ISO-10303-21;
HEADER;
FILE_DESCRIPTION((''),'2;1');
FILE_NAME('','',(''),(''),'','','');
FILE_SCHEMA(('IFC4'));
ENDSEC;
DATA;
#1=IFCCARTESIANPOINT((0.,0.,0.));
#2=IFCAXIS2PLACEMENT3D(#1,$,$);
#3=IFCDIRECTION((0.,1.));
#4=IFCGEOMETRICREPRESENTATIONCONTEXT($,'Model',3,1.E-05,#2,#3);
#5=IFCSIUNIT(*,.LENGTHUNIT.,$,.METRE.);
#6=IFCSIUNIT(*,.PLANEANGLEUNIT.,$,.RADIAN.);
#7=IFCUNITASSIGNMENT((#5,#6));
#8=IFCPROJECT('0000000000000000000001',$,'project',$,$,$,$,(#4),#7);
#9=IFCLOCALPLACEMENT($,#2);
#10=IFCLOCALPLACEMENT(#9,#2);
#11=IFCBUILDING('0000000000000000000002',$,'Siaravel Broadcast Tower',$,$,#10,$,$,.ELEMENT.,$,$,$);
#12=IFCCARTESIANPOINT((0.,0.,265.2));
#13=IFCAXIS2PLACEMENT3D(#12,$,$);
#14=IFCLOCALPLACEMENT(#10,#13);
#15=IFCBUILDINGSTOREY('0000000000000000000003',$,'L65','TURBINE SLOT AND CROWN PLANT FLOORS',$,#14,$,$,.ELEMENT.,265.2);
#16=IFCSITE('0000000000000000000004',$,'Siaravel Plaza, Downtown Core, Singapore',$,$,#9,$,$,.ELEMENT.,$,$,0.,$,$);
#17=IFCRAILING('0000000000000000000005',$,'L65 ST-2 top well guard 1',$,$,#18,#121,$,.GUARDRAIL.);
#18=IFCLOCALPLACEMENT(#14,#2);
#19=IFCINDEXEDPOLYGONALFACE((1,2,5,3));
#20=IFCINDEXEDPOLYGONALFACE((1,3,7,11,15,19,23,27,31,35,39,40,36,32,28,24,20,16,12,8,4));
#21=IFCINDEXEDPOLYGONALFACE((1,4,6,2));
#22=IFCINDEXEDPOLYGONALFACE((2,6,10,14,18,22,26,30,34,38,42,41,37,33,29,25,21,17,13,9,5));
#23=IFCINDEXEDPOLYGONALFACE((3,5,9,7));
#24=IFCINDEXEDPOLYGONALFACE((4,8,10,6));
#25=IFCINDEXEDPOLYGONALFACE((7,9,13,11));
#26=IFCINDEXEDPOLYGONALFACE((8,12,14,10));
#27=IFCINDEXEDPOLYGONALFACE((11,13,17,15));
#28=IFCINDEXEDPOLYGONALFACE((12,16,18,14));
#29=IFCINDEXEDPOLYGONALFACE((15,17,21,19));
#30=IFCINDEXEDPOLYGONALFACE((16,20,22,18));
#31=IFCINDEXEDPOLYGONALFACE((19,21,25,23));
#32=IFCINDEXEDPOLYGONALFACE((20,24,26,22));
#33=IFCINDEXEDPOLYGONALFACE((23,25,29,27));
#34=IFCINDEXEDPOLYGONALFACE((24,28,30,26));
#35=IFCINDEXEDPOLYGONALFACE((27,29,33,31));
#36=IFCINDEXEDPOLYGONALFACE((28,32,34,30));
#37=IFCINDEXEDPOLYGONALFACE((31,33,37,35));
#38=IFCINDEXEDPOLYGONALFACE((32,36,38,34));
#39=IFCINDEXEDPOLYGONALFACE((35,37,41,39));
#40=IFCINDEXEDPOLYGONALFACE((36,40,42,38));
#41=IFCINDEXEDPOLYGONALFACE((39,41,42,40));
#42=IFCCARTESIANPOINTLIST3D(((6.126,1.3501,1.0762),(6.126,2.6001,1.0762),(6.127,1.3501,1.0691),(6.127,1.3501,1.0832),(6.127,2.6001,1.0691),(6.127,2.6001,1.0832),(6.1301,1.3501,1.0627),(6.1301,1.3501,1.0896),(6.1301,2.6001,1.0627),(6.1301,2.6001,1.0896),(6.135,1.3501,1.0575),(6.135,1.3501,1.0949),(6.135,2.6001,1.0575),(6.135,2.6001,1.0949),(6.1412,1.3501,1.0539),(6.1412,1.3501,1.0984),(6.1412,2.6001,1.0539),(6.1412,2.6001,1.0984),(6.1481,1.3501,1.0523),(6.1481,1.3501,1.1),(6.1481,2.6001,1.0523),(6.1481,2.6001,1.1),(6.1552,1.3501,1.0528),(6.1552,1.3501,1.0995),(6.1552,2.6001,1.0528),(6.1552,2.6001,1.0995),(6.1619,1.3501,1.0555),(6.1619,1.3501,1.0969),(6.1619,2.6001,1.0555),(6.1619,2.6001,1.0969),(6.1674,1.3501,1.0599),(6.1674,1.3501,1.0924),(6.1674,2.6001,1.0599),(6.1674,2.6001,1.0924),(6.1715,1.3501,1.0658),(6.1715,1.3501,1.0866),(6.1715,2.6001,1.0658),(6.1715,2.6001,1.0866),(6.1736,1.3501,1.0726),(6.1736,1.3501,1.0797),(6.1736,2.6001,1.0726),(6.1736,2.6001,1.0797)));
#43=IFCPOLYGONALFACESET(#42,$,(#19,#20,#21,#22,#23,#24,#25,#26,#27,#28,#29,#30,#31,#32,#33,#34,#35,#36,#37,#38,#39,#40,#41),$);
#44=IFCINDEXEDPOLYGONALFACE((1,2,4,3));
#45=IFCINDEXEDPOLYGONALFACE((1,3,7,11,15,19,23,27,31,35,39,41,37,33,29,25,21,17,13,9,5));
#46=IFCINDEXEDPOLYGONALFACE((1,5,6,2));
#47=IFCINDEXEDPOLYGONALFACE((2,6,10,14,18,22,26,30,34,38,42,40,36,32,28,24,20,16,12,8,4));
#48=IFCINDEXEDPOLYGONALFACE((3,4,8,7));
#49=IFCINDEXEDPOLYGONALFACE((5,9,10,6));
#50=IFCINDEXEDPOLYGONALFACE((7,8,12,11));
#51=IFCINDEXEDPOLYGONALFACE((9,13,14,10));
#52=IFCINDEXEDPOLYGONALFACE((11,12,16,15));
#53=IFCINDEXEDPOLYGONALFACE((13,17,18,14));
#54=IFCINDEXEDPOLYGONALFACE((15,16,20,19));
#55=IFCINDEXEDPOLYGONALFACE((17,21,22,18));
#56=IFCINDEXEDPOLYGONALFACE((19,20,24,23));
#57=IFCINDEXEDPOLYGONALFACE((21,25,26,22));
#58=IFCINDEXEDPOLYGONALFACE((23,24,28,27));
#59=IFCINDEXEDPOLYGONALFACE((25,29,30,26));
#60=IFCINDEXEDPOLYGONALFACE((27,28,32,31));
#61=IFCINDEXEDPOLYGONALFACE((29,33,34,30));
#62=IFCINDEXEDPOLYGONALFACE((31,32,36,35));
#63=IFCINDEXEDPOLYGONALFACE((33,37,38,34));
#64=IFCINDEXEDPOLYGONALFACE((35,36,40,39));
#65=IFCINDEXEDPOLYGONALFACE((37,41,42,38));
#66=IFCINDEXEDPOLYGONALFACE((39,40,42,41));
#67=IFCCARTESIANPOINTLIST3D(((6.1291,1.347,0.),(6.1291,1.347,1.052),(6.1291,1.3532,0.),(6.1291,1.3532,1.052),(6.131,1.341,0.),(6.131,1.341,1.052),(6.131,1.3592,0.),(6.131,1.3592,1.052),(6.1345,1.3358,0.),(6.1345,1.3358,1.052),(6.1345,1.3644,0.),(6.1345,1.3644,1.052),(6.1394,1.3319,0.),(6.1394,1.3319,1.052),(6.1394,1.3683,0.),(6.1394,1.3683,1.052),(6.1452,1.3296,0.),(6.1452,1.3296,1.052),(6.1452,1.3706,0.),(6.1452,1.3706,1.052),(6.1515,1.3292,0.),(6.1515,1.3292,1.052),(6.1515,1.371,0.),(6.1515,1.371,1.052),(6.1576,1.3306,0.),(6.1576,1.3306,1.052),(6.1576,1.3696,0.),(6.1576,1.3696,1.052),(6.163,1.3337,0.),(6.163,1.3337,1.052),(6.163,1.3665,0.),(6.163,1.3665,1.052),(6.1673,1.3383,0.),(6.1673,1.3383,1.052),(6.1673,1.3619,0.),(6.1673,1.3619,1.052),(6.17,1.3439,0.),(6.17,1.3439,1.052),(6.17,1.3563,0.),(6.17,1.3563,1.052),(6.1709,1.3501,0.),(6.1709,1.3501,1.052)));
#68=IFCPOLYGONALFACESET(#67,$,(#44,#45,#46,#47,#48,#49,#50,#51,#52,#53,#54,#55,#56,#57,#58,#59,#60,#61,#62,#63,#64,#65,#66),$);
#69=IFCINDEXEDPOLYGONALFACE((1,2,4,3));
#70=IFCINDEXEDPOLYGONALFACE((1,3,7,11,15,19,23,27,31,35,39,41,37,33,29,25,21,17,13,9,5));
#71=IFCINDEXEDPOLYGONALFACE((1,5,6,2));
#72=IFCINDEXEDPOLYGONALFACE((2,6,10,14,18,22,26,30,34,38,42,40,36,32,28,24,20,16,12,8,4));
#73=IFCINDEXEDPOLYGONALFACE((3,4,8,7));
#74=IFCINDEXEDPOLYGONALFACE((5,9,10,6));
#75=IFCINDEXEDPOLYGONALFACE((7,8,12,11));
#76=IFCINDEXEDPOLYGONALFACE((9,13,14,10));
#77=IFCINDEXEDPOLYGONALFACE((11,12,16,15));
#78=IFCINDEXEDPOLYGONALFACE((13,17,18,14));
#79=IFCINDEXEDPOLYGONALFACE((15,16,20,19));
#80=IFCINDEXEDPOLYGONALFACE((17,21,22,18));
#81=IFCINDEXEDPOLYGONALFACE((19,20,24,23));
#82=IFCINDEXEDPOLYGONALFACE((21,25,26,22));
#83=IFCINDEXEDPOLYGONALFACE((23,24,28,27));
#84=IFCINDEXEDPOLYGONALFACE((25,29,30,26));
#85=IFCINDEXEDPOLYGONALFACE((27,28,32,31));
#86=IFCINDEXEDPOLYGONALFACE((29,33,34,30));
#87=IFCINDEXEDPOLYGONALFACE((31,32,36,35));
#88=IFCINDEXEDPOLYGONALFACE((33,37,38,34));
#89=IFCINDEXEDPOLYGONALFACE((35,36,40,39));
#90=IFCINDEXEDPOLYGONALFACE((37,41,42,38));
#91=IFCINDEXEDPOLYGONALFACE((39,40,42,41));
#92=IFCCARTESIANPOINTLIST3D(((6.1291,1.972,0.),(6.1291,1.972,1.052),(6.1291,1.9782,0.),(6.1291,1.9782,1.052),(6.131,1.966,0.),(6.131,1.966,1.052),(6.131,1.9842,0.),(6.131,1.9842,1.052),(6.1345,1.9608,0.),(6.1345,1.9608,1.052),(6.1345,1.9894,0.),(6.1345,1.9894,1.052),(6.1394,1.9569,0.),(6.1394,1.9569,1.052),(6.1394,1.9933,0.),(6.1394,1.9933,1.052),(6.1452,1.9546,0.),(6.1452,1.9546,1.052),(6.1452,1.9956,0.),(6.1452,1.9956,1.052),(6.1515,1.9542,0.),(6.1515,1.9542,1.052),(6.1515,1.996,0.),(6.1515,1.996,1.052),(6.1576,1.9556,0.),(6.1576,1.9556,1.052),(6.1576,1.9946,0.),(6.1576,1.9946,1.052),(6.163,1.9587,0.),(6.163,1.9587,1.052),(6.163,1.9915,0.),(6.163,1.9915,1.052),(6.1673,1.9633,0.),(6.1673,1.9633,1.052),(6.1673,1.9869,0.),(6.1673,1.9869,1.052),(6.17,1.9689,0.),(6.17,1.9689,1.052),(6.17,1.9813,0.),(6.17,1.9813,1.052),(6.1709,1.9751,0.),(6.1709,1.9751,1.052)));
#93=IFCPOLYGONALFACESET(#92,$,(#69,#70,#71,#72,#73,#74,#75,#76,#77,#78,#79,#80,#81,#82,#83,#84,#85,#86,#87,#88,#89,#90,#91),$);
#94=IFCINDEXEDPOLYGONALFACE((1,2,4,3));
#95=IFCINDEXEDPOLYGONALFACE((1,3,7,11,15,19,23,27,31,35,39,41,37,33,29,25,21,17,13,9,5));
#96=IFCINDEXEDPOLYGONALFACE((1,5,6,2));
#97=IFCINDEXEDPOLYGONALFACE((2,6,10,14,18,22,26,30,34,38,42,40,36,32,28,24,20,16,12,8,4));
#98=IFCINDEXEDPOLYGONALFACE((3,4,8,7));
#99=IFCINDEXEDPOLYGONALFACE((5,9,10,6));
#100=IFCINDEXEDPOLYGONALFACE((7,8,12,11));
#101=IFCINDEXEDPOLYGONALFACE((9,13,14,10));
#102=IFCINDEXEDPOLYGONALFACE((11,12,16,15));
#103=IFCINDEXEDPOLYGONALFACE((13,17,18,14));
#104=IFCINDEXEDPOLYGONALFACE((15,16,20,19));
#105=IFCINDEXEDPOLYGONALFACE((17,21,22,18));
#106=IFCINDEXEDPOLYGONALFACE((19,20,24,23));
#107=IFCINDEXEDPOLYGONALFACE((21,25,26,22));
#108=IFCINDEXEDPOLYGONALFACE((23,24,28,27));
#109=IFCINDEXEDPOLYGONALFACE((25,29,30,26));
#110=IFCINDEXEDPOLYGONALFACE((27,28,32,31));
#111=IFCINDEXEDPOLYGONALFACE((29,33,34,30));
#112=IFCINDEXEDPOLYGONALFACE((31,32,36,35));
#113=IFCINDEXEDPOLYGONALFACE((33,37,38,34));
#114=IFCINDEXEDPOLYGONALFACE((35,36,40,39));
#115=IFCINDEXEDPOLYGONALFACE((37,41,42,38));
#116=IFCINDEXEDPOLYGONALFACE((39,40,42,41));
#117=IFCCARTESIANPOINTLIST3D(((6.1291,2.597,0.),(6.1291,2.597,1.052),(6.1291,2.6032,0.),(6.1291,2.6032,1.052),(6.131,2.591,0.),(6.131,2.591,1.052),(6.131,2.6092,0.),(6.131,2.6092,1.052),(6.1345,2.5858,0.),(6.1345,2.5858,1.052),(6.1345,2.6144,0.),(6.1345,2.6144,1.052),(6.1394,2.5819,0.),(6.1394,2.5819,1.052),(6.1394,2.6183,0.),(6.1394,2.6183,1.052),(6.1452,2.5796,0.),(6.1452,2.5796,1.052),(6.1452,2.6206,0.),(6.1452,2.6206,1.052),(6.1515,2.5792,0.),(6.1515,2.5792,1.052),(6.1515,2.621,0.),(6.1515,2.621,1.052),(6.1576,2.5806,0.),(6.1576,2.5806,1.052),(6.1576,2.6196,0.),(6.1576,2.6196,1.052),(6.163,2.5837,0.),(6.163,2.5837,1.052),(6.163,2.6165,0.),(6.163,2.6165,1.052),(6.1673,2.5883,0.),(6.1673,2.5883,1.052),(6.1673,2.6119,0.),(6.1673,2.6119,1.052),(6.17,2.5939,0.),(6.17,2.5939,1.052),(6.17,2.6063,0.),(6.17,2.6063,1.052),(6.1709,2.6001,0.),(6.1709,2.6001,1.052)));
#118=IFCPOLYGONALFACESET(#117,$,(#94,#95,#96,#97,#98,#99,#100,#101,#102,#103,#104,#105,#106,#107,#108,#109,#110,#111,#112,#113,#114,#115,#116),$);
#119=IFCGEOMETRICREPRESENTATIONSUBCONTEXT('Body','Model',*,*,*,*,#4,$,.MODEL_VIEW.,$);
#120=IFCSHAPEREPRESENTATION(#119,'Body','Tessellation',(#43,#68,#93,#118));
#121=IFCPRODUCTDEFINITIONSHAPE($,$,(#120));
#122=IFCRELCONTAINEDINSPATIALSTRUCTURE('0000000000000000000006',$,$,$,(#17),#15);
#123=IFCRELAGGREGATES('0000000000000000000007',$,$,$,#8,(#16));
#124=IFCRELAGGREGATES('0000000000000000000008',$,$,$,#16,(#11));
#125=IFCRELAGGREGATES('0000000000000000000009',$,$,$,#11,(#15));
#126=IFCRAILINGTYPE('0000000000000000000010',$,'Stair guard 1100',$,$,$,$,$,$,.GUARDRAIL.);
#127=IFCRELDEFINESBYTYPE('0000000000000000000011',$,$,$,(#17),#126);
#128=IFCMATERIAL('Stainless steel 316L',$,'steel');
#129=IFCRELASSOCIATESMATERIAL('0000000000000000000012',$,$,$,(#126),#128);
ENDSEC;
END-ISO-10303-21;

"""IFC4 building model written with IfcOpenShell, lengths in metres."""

from ifc_helpers import new_model, si_unit, direction, frame, origin, origin_2d, place, context, subcontext, project, spatial, circle, extrude, material, type_object, element, save


model = new_model("IFC4")

# Units and contexts
model_context = context("Model", 3, precision=1e-05, world=origin(), true_north=direction((0.0, 1.0)))
body_context = subcontext(model_context, "Body", "Model", "MODEL_VIEW")
ifc_project = project(units=[si_unit("LENGTHUNIT", "METRE"), si_unit("PLANEANGLEUNIT", "RADIAN")], contexts=[model_context])

# Site, building, storey
site_placement = place(None, origin())
site = spatial("IfcSite", under=ifc_project, at=site_placement, Name="Siaravel Plaza, Downtown Core, Singapore", CompositionType="ELEMENT", RefElevation=0.0)
building_placement = place(site_placement, origin())
building = spatial("IfcBuilding", under=site, at=building_placement, Name="Siaravel Broadcast Tower", CompositionType="ELEMENT")
storey_placement = place(building_placement, frame((0.0, 0.0, 265.2)))
storey = spatial("IfcBuildingStorey", under=building, at=storey_placement, Name="L65", Description="TURBINE SLOT AND CROWN PLANT FLOORS", CompositionType="ELEMENT", Elevation=265.2)

# Railing
ifc_material_1 = material(Name="Stainless steel 316L", Category="steel")
railing_type_1 = type_object("IfcRailingType", Name="Stair guard 1100", PredefinedType="GUARDRAIL", material=ifc_material_1)
railing_1_placement = place(storey_placement, frame((6.1499, 1.3501, 0.0)))
element("IfcRailing", 1, at=railing_1_placement, inside=storey, type_object=railing_type_1, Name="L65 ST-2 top well guard 1", PredefinedType="GUARDRAIL", context=body_context, shape_type="SweptSolid", body=[
    extrude(circle(Radius=0.0239, at=origin_2d()), frame((0.0, 0.0, 1.0762), z_axis=(0.0, 1.0, 0.0), x_axis=(-1.0, 0.0, 0.0)), (0.0, 0.0, 1.0), 1.25),
    extrude(circle(Radius=0.021, at=origin_2d()), origin(), (0.0, 0.0, 1.0), 1.052),
    extrude(circle(Radius=0.021, at=origin_2d()), frame((0.0, 0.625, 0.0)), (0.0, 0.0, 1.0), 1.052),
    extrude(circle(Radius=0.021, at=origin_2d()), frame((0.0, 1.25, 0.0)), (0.0, 0.0, 1.0), 1.052),
])

save(model, "model.ifc")
